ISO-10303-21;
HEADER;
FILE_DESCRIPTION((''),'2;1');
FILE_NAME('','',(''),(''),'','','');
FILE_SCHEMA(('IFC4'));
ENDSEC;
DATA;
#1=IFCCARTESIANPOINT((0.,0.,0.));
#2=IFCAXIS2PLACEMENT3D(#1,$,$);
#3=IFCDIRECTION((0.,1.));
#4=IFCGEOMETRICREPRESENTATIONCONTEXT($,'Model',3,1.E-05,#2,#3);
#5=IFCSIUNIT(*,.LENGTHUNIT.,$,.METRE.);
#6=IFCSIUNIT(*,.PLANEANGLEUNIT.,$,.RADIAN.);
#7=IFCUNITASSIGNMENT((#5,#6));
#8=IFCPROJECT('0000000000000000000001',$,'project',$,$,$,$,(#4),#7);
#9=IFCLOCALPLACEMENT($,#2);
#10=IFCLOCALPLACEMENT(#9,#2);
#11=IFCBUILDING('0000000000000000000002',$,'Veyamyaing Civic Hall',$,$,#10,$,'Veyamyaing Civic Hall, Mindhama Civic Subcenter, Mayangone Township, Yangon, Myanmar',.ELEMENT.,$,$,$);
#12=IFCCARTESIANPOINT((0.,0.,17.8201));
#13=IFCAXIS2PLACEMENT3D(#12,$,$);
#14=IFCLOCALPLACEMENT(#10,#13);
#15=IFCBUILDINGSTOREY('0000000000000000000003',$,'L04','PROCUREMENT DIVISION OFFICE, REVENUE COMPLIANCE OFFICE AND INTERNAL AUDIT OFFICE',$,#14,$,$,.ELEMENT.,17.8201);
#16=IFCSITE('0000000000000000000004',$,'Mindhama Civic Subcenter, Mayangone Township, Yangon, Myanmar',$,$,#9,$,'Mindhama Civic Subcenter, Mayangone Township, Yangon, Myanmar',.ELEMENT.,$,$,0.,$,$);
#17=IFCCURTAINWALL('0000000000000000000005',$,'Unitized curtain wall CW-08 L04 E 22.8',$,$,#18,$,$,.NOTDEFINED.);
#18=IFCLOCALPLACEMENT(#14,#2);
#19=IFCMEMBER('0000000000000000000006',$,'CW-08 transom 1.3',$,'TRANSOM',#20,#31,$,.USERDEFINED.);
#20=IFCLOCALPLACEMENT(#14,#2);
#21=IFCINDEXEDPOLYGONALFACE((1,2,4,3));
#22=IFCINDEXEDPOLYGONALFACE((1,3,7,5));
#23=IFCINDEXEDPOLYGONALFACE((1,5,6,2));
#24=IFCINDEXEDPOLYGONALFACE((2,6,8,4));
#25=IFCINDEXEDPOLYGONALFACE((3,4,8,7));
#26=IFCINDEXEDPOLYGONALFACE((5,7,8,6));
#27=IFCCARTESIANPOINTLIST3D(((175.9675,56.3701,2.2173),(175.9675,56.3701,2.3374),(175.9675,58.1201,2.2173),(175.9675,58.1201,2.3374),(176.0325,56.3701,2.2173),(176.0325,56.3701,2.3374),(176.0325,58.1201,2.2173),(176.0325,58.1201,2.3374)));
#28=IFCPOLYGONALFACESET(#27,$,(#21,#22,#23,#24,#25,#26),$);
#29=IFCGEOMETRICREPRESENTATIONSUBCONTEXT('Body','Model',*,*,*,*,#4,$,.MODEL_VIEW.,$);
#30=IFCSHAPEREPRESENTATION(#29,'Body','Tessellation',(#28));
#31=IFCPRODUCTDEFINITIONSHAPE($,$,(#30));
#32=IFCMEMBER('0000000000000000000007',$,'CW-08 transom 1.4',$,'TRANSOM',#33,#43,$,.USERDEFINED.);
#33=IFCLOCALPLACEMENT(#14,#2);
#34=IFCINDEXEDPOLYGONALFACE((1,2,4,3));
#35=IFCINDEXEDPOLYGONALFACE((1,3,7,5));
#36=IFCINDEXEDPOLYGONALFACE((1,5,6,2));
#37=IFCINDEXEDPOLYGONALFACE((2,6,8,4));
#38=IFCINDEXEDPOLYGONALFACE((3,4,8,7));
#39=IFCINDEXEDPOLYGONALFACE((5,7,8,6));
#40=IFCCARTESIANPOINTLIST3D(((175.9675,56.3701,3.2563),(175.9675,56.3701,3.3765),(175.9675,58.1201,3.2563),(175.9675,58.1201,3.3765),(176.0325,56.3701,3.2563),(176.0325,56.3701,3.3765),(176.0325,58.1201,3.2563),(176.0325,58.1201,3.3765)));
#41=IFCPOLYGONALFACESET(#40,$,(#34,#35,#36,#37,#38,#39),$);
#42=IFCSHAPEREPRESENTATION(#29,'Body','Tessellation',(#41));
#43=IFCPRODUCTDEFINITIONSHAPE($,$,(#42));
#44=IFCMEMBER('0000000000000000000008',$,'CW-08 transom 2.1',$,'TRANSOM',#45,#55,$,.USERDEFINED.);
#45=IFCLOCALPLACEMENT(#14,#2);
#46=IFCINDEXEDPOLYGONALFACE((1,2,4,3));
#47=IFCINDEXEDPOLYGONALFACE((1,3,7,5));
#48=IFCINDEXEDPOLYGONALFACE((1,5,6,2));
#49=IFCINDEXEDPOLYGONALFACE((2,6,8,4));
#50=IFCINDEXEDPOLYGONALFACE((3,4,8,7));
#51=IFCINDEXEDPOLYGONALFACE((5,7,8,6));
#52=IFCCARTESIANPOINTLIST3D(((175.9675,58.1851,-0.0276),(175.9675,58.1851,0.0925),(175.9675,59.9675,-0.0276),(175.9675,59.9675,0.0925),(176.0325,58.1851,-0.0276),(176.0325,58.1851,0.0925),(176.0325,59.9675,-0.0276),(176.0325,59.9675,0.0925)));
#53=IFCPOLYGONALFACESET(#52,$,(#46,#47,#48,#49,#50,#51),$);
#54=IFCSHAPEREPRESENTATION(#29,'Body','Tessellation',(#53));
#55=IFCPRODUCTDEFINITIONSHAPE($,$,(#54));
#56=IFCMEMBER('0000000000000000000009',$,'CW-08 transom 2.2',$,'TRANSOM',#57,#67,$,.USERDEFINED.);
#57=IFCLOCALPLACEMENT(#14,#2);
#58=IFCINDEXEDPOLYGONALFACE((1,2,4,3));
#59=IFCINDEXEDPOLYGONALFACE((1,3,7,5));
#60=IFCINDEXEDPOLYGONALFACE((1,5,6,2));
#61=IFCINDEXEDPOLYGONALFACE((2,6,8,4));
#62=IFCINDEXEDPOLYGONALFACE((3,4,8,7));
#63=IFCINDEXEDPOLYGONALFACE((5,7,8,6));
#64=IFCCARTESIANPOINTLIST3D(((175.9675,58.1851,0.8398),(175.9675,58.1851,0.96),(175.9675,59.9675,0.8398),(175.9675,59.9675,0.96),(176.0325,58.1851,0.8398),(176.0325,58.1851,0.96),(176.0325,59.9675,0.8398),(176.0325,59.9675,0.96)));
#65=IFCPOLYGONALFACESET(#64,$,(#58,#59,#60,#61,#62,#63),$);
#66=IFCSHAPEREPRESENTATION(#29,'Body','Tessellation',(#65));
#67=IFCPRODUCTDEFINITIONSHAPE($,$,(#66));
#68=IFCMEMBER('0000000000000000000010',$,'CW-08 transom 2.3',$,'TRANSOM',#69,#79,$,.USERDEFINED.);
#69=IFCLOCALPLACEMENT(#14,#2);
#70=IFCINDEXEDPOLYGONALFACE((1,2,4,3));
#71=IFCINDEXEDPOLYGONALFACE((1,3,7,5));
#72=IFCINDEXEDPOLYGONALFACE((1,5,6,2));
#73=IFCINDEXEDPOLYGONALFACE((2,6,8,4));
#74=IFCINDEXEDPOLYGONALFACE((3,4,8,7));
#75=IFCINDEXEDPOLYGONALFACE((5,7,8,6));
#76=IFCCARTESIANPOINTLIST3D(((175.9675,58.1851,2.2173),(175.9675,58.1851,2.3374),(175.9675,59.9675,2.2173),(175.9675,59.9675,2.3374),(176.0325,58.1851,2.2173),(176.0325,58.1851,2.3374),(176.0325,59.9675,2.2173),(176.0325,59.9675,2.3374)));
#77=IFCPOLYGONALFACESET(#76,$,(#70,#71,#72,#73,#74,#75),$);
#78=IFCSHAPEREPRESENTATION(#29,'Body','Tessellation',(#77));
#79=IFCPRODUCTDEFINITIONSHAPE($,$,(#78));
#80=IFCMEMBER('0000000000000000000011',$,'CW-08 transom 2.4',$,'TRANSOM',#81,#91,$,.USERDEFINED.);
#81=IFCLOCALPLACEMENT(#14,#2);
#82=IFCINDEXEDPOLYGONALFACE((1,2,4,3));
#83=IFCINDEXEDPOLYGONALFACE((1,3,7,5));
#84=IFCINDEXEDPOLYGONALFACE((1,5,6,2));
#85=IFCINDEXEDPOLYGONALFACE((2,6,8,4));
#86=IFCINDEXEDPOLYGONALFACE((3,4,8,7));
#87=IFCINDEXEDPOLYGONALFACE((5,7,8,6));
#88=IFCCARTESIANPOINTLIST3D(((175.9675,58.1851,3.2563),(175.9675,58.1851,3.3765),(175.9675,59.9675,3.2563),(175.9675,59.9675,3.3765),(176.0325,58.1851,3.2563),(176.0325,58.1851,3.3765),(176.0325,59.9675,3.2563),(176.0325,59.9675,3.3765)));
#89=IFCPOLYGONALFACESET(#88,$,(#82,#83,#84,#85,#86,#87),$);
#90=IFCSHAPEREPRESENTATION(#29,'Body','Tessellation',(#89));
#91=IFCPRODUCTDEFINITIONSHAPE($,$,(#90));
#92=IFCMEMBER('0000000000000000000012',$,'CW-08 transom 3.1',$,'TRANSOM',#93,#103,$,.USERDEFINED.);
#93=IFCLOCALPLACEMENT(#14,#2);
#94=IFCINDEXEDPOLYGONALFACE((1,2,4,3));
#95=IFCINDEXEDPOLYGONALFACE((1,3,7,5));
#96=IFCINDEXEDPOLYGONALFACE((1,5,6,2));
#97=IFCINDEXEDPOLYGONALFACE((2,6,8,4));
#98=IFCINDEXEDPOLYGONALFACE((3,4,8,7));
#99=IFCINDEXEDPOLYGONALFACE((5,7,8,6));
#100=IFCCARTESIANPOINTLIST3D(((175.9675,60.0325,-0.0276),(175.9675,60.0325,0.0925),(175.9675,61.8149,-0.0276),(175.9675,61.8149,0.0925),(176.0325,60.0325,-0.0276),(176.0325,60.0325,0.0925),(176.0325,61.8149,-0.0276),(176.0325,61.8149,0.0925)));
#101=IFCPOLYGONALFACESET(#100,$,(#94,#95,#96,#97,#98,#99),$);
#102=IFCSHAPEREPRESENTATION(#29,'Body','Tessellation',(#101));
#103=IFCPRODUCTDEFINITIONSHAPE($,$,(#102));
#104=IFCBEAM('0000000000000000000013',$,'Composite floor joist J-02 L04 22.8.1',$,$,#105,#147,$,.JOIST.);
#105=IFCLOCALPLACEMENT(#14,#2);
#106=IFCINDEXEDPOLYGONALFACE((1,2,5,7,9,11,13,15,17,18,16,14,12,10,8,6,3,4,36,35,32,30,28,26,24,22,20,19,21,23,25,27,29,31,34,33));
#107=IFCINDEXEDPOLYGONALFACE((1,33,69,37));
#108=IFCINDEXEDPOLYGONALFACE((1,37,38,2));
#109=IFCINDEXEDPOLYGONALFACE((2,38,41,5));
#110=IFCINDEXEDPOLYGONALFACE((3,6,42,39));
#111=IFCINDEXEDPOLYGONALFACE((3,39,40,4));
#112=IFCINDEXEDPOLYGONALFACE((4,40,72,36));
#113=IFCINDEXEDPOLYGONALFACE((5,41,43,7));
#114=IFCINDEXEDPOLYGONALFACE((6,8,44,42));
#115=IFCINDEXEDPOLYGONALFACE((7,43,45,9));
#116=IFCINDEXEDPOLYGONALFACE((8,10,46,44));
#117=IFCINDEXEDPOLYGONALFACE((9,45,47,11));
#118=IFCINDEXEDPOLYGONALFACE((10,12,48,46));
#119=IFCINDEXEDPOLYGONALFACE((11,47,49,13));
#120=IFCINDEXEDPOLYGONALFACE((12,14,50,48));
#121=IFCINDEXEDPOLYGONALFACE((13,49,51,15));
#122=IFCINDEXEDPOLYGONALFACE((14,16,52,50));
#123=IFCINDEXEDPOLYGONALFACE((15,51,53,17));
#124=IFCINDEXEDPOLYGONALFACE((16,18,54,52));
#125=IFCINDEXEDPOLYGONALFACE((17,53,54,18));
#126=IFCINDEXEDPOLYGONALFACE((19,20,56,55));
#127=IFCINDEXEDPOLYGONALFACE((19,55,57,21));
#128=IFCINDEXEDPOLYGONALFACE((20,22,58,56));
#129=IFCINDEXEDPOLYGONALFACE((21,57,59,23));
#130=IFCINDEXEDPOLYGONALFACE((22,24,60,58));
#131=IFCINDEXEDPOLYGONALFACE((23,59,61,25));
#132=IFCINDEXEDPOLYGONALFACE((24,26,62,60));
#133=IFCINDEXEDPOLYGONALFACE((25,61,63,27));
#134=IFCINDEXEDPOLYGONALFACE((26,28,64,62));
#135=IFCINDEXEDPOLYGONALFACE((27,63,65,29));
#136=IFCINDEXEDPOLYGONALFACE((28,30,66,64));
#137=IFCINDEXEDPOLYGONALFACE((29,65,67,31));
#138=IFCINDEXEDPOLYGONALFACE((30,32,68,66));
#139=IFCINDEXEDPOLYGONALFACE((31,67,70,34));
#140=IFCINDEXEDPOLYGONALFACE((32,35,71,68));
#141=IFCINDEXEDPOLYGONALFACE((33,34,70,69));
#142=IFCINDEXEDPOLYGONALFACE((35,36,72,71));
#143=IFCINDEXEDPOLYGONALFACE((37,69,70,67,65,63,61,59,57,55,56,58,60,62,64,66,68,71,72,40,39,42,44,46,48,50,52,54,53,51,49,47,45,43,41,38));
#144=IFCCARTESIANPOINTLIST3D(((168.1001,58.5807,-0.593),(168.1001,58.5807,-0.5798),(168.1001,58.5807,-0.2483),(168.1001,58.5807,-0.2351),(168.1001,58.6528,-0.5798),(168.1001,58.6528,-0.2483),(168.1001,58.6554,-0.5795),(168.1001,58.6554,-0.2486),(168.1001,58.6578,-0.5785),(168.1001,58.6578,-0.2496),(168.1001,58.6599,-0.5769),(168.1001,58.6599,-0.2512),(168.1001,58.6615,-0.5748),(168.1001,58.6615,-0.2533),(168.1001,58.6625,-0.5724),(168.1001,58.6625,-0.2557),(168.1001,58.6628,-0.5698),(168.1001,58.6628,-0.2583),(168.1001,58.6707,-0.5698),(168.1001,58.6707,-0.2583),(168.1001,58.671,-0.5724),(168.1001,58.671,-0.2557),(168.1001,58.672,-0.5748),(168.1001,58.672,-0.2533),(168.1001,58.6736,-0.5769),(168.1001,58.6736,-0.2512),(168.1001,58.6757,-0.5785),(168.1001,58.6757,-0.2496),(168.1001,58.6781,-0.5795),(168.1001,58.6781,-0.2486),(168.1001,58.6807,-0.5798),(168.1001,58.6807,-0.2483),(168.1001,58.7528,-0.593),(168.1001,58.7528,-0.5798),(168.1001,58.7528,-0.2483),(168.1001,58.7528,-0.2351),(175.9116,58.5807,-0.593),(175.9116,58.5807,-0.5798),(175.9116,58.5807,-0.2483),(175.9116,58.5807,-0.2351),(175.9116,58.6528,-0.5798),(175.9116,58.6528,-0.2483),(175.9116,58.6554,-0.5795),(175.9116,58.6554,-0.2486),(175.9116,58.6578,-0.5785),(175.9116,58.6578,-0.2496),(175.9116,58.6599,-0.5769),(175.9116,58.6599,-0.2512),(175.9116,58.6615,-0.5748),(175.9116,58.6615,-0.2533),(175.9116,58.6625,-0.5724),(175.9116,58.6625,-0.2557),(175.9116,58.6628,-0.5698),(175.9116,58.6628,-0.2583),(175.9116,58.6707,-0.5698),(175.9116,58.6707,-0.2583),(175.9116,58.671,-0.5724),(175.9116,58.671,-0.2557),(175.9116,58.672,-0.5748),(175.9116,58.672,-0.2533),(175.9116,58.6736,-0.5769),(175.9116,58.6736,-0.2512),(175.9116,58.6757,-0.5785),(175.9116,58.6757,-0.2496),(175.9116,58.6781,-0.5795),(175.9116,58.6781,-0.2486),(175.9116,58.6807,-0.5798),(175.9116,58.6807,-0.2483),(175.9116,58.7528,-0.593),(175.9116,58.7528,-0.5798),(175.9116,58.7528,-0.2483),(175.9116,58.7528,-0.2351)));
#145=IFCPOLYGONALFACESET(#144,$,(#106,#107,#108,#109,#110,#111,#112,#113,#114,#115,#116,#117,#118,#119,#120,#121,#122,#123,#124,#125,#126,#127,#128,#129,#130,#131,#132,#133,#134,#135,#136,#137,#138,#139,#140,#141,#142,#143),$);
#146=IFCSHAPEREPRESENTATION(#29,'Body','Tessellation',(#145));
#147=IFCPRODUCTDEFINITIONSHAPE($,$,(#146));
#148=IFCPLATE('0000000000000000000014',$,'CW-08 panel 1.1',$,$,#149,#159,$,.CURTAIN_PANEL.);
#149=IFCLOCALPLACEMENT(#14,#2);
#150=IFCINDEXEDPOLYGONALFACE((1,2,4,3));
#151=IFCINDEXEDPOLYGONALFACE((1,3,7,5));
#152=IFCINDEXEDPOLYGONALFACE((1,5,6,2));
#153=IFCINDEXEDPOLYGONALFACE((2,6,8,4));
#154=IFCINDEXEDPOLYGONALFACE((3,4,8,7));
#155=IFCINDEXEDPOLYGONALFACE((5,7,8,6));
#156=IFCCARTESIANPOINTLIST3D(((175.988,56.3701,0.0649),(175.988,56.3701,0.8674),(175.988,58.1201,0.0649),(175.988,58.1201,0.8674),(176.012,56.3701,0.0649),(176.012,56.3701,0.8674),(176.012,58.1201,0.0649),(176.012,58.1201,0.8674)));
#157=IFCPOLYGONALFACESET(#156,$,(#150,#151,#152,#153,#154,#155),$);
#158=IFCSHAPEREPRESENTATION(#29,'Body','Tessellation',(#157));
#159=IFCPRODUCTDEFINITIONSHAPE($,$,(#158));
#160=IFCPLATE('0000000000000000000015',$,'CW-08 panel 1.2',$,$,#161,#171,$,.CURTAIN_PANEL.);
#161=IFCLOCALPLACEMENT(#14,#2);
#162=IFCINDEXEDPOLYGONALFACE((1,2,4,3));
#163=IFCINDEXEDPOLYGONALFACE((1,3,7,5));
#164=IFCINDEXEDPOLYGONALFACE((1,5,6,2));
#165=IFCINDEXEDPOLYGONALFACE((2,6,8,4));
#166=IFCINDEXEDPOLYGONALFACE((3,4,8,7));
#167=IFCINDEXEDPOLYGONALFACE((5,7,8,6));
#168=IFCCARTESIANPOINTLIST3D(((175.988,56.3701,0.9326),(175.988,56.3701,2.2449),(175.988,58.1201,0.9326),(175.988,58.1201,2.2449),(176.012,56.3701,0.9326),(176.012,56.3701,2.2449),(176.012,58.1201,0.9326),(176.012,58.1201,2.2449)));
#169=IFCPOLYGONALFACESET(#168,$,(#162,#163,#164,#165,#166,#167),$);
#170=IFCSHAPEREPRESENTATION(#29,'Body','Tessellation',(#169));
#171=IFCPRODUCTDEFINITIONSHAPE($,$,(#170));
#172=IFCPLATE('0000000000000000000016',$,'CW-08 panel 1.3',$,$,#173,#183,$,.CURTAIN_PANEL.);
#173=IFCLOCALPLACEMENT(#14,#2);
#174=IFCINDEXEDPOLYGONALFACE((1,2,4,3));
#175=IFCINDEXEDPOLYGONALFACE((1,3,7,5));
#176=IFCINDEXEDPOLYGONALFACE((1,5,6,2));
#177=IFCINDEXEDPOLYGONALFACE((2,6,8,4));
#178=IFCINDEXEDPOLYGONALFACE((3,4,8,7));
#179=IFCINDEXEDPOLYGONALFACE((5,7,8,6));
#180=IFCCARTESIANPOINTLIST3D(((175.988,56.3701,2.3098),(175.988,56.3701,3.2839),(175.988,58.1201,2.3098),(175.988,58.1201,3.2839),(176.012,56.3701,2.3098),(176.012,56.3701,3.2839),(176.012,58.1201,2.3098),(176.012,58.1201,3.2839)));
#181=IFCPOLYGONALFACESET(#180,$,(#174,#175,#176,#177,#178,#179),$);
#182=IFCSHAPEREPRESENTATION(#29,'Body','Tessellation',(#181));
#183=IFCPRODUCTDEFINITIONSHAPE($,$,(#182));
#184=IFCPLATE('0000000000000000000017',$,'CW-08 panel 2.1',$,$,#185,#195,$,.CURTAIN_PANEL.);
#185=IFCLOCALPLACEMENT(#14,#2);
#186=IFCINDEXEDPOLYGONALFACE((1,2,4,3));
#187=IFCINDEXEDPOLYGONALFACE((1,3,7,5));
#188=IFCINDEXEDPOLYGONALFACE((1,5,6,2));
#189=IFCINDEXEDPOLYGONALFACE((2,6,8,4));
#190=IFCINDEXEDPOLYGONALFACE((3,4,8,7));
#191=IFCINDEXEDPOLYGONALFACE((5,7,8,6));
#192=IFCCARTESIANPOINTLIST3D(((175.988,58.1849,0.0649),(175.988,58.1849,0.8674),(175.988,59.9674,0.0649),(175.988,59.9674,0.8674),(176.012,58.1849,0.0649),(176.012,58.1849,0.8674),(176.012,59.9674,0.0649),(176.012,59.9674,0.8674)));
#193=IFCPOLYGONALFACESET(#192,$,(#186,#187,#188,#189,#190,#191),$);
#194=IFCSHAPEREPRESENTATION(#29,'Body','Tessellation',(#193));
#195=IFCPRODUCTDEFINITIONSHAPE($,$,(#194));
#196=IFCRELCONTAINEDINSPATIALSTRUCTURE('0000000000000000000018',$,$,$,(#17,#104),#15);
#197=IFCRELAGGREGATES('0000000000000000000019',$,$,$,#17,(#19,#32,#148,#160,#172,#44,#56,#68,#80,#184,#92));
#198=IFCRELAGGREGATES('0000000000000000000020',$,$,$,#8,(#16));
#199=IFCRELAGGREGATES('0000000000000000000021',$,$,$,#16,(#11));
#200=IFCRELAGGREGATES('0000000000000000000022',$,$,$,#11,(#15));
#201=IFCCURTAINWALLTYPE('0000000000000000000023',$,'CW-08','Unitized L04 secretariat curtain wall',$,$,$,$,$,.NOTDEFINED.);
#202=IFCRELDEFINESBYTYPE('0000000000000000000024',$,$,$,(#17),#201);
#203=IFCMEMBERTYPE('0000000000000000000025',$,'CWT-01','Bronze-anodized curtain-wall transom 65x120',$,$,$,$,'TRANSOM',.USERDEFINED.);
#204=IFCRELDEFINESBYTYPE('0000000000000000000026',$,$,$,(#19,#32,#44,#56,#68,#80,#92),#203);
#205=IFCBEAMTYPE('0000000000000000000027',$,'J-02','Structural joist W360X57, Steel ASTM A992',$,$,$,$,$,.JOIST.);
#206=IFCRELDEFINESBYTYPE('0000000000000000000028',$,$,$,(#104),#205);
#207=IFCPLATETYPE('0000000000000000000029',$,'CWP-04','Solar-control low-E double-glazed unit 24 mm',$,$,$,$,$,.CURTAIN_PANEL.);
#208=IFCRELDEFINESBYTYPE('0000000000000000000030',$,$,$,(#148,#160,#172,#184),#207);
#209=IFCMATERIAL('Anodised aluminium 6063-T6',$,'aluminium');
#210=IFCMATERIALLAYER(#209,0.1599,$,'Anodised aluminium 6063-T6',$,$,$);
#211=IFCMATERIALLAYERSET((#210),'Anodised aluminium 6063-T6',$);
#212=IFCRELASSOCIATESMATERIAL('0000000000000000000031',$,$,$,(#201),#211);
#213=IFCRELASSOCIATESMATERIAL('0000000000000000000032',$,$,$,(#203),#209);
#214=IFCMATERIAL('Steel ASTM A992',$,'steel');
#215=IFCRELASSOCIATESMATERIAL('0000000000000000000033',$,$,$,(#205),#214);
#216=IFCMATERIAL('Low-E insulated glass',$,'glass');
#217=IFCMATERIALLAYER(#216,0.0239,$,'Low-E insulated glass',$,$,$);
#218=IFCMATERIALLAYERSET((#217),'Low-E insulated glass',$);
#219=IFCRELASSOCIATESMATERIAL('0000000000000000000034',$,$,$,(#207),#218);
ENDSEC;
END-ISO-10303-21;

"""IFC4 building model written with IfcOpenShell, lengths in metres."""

from ifc_helpers import new_model, si_unit, direction, frame, origin, origin_2d, place, context, subcontext, project, spatial, rectangle, i_section, extrude, material, layer, layer_set, material_profile, profile_set, type_object, element, aggregate, save


model = new_model("IFC4")

# Units and contexts
model_context = context("Model", 3, precision=1e-05, world=origin(), true_north=direction((0.0, 1.0)))
body_context = subcontext(model_context, "Body", "Model", "MODEL_VIEW")
ifc_project = project(units=[si_unit("LENGTHUNIT", "METRE"), si_unit("PLANEANGLEUNIT", "RADIAN")], contexts=[model_context])

# Site, building, storey
site_placement = place(None, origin())
site = spatial("IfcSite", under=ifc_project, at=site_placement, Name="Mindhama Civic Subcenter, Mayangone Township, Yangon, Myanmar", LongName="Mindhama Civic Subcenter, Mayangone Township, Yangon, Myanmar", CompositionType="ELEMENT", RefElevation=0.0)
building_placement = place(site_placement, origin())
building = spatial("IfcBuilding", under=site, at=building_placement, Name="Veyamyaing Civic Hall", LongName="Veyamyaing Civic Hall, Mindhama Civic Subcenter, Mayangone Township, Yangon, Myanmar", CompositionType="ELEMENT")
storey_placement = place(building_placement, frame((0.0, 0.0, 17.8201)))
storey = spatial("IfcBuildingStorey", under=building, at=storey_placement, Name="L04", Description="PROCUREMENT DIVISION OFFICE, REVENUE COMPLIANCE OFFICE AND INTERNAL AUDIT OFFICE", CompositionType="ELEMENT", Elevation=17.8201)

# Shared definitions
ifc_material_1 = material(Name="Steel ASTM A992", Category="steel")

# Curtain wall, members
ifc_material_2 = material(Name="Anodised aluminium 6063-T6", Category="aluminium")
ifc_layer_1 = layer(ifc_material_2, 0.1599, Name="Anodised aluminium 6063-T6")
ifc_layer_set_1 = layer_set([ifc_layer_1], Name="Anodised aluminium 6063-T6")
curtain_wall_type = type_object("IfcCurtainWallType", Name="CW-08", Description="Unitized L04 secretariat curtain wall", PredefinedType="NOTDEFINED", material=ifc_layer_set_1)
curtain_wall_placement = place(storey_placement, origin())
curtain_wall = element("IfcCurtainWall", 1, at=curtain_wall_placement, inside=storey, type_object=curtain_wall_type, Name="Unitized curtain wall CW-08 L04 E 22.8", PredefinedType="NOTDEFINED")
ifc_material_profile_1 = material_profile(ifc_material_2, rectangle(XDim=0.0649, YDim=0.1201, at=origin_2d()), Name="ALU-TRN-65X120")
ifc_profile_set_1 = profile_set([ifc_material_profile_1], Name="Anodised aluminium 6063-T6")
member_type_1 = type_object("IfcMemberType", Name="CWT-01", Description="Bronze-anodized curtain-wall transom 65x120", ElementType="TRANSOM", PredefinedType="USERDEFINED", material=ifc_profile_set_1)
member_1_placement = place(storey_placement, frame((176.0, 56.3701, 2.2773), z_axis=(0.0, 1.0, 0.0), x_axis=(-1.0, 0.0, 0.0)))
member_1 = element("IfcMember", 2, at=member_1_placement, type_object=member_type_1, Name="CW-08 transom 1.3", ObjectType="TRANSOM", PredefinedType="USERDEFINED", context=body_context, shape_type="SweptSolid", body=[
    extrude(rectangle(XDim=0.0649, YDim=0.1201, at=origin_2d()), origin(), (0.0, 0.0, 1.0), 1.75),
])
member_2_placement = place(storey_placement, frame((176.0, 56.3701, 3.3164), z_axis=(0.0, 1.0, 0.0), x_axis=(-1.0, 0.0, 0.0)))
member_2 = element("IfcMember", 3, at=member_2_placement, type_object=member_type_1, Name="CW-08 transom 1.4", ObjectType="TRANSOM", PredefinedType="USERDEFINED", context=body_context, shape_type="SweptSolid", body=[
    extrude(rectangle(XDim=0.0649, YDim=0.1201, at=origin_2d()), origin(), (0.0, 0.0, 1.0), 1.75),
])
member_3_placement = place(storey_placement, frame((176.0, 58.1851, 0.0325), z_axis=(0.0, 1.0, 0.0), x_axis=(-1.0, 0.0, 0.0)))
member_3 = element("IfcMember", 4, at=member_3_placement, type_object=member_type_1, Name="CW-08 transom 2.1", ObjectType="TRANSOM", PredefinedType="USERDEFINED", context=body_context, shape_type="SweptSolid", body=[
    extrude(rectangle(XDim=0.0649, YDim=0.1201, at=origin_2d()), origin(), (0.0, 0.0, 1.0), 1.7825),
])
member_4_placement = place(storey_placement, frame((176.0, 58.1851, 0.8999), z_axis=(0.0, 1.0, 0.0), x_axis=(-1.0, 0.0, 0.0)))
member_4 = element("IfcMember", 5, at=member_4_placement, type_object=member_type_1, Name="CW-08 transom 2.2", ObjectType="TRANSOM", PredefinedType="USERDEFINED", context=body_context, shape_type="SweptSolid", body=[
    extrude(rectangle(XDim=0.0649, YDim=0.1201, at=origin_2d()), origin(), (0.0, 0.0, 1.0), 1.7825),
])
member_5_placement = place(storey_placement, frame((176.0, 58.1851, 2.2773), z_axis=(0.0, 1.0, 0.0), x_axis=(-1.0, 0.0, 0.0)))
member_5 = element("IfcMember", 6, at=member_5_placement, type_object=member_type_1, Name="CW-08 transom 2.3", ObjectType="TRANSOM", PredefinedType="USERDEFINED", context=body_context, shape_type="SweptSolid", body=[
    extrude(rectangle(XDim=0.0649, YDim=0.1201, at=origin_2d()), origin(), (0.0, 0.0, 1.0), 1.7825),
])
member_6_placement = place(storey_placement, frame((176.0, 58.1851, 3.3164), z_axis=(0.0, 1.0, 0.0), x_axis=(-1.0, 0.0, 0.0)))
member_6 = element("IfcMember", 7, at=member_6_placement, type_object=member_type_1, Name="CW-08 transom 2.4", ObjectType="TRANSOM", PredefinedType="USERDEFINED", context=body_context, shape_type="SweptSolid", body=[
    extrude(rectangle(XDim=0.0649, YDim=0.1201, at=origin_2d()), origin(), (0.0, 0.0, 1.0), 1.7825),
])
member_7_placement = place(storey_placement, frame((176.0, 60.0325, 0.0325), z_axis=(0.0, 1.0, 0.0), x_axis=(-1.0, 0.0, 0.0)))
member_7 = element("IfcMember", 8, at=member_7_placement, type_object=member_type_1, Name="CW-08 transom 3.1", ObjectType="TRANSOM", PredefinedType="USERDEFINED", context=body_context, shape_type="SweptSolid", body=[
    extrude(rectangle(XDim=0.0649, YDim=0.1201, at=origin_2d()), origin(), (0.0, 0.0, 1.0), 1.7825),
])

# Beam
ifc_material_profile_2 = material_profile(ifc_material_1, i_section(OverallWidth=0.1721, OverallDepth=0.3579, WebThickness=0.0078, FlangeThickness=0.0132, FilletRadius=0.01, at=origin_2d()), Name="W360X57")
ifc_profile_set_2 = profile_set([ifc_material_profile_2], Name="Steel ASTM A992")
beam_type_1 = type_object("IfcBeamType", Name="J-02", Description="Structural joist W360X57, Steel ASTM A992", PredefinedType="JOIST", material=ifc_profile_set_2)
beam_1_placement = place(storey_placement, frame((168.1001, 58.6667, -0.4141), z_axis=(1.0, 0.0, 0.0), x_axis=(0.0, 1.0, 0.0)))
element("IfcBeam", 9, at=beam_1_placement, inside=storey, type_object=beam_type_1, Name="Composite floor joist J-02 L04 22.8.1", PredefinedType="JOIST", context=body_context, shape_type="SweptSolid", body=[
    extrude(i_section(OverallWidth=0.1721, OverallDepth=0.3579, WebThickness=0.0078, FlangeThickness=0.0132, FilletRadius=0.01, at=origin_2d()), origin(), (0.0, 0.0, 1.0), 7.8115),
])

# Plates
ifc_material_3 = material(Name="Low-E insulated glass", Category="glass")
ifc_layer_2 = layer(ifc_material_3, 0.0239, Name="Low-E insulated glass")
ifc_layer_set_2 = layer_set([ifc_layer_2], Name="Low-E insulated glass")
plate_type = type_object("IfcPlateType", Name="CWP-04", Description="Solar-control low-E double-glazed unit 24 mm", PredefinedType="CURTAIN_PANEL", material=ifc_layer_set_2)
plate_1_placement = place(storey_placement, frame((176.0, 57.2451, 0.0649), z_axis=(0.0, 0.0, 1.0), x_axis=(0.0, 1.0, 0.0)))
plate_1 = element("IfcPlate", 10, at=plate_1_placement, type_object=plate_type, Name="CW-08 panel 1.1", PredefinedType="CURTAIN_PANEL", context=body_context, shape_type="SweptSolid", body=[
    extrude(rectangle(XDim=1.75, YDim=0.0239, at=origin_2d()), origin(), (0.0, 0.0, 1.0), 0.8025),
])
plate_2_placement = place(storey_placement, frame((176.0, 57.2451, 0.9326), z_axis=(0.0, 0.0, 1.0), x_axis=(0.0, 1.0, 0.0)))
plate_2 = element("IfcPlate", 11, at=plate_2_placement, type_object=plate_type, Name="CW-08 panel 1.2", PredefinedType="CURTAIN_PANEL", context=body_context, shape_type="SweptSolid", body=[
    extrude(rectangle(XDim=1.75, YDim=0.0239, at=origin_2d()), origin(), (0.0, 0.0, 1.0), 1.3123),
])
plate_3_placement = place(storey_placement, frame((176.0, 57.2451, 2.3098), z_axis=(0.0, 0.0, 1.0), x_axis=(0.0, 1.0, 0.0)))
plate_3 = element("IfcPlate", 12, at=plate_3_placement, type_object=plate_type, Name="CW-08 panel 1.3", PredefinedType="CURTAIN_PANEL", context=body_context, shape_type="SweptSolid", body=[
    extrude(rectangle(XDim=1.75, YDim=0.0239, at=origin_2d()), origin(), (0.0, 0.0, 1.0), 0.9741),
])
plate_4_placement = place(storey_placement, frame((176.0, 59.0762, 0.0649), z_axis=(0.0, 0.0, 1.0), x_axis=(0.0, 1.0, 0.0)))
plate_4 = element("IfcPlate", 13, at=plate_4_placement, type_object=plate_type, Name="CW-08 panel 2.1", PredefinedType="CURTAIN_PANEL", context=body_context, shape_type="SweptSolid", body=[
    extrude(rectangle(XDim=1.7825, YDim=0.0239, at=origin_2d()), origin(), (0.0, 0.0, 1.0), 0.8025),
])
aggregate(curtain_wall, [member_1, member_2, plate_1, plate_2, plate_3, member_3, member_4, member_5, member_6, plate_4, member_7])

save(model, "model.ifc")
